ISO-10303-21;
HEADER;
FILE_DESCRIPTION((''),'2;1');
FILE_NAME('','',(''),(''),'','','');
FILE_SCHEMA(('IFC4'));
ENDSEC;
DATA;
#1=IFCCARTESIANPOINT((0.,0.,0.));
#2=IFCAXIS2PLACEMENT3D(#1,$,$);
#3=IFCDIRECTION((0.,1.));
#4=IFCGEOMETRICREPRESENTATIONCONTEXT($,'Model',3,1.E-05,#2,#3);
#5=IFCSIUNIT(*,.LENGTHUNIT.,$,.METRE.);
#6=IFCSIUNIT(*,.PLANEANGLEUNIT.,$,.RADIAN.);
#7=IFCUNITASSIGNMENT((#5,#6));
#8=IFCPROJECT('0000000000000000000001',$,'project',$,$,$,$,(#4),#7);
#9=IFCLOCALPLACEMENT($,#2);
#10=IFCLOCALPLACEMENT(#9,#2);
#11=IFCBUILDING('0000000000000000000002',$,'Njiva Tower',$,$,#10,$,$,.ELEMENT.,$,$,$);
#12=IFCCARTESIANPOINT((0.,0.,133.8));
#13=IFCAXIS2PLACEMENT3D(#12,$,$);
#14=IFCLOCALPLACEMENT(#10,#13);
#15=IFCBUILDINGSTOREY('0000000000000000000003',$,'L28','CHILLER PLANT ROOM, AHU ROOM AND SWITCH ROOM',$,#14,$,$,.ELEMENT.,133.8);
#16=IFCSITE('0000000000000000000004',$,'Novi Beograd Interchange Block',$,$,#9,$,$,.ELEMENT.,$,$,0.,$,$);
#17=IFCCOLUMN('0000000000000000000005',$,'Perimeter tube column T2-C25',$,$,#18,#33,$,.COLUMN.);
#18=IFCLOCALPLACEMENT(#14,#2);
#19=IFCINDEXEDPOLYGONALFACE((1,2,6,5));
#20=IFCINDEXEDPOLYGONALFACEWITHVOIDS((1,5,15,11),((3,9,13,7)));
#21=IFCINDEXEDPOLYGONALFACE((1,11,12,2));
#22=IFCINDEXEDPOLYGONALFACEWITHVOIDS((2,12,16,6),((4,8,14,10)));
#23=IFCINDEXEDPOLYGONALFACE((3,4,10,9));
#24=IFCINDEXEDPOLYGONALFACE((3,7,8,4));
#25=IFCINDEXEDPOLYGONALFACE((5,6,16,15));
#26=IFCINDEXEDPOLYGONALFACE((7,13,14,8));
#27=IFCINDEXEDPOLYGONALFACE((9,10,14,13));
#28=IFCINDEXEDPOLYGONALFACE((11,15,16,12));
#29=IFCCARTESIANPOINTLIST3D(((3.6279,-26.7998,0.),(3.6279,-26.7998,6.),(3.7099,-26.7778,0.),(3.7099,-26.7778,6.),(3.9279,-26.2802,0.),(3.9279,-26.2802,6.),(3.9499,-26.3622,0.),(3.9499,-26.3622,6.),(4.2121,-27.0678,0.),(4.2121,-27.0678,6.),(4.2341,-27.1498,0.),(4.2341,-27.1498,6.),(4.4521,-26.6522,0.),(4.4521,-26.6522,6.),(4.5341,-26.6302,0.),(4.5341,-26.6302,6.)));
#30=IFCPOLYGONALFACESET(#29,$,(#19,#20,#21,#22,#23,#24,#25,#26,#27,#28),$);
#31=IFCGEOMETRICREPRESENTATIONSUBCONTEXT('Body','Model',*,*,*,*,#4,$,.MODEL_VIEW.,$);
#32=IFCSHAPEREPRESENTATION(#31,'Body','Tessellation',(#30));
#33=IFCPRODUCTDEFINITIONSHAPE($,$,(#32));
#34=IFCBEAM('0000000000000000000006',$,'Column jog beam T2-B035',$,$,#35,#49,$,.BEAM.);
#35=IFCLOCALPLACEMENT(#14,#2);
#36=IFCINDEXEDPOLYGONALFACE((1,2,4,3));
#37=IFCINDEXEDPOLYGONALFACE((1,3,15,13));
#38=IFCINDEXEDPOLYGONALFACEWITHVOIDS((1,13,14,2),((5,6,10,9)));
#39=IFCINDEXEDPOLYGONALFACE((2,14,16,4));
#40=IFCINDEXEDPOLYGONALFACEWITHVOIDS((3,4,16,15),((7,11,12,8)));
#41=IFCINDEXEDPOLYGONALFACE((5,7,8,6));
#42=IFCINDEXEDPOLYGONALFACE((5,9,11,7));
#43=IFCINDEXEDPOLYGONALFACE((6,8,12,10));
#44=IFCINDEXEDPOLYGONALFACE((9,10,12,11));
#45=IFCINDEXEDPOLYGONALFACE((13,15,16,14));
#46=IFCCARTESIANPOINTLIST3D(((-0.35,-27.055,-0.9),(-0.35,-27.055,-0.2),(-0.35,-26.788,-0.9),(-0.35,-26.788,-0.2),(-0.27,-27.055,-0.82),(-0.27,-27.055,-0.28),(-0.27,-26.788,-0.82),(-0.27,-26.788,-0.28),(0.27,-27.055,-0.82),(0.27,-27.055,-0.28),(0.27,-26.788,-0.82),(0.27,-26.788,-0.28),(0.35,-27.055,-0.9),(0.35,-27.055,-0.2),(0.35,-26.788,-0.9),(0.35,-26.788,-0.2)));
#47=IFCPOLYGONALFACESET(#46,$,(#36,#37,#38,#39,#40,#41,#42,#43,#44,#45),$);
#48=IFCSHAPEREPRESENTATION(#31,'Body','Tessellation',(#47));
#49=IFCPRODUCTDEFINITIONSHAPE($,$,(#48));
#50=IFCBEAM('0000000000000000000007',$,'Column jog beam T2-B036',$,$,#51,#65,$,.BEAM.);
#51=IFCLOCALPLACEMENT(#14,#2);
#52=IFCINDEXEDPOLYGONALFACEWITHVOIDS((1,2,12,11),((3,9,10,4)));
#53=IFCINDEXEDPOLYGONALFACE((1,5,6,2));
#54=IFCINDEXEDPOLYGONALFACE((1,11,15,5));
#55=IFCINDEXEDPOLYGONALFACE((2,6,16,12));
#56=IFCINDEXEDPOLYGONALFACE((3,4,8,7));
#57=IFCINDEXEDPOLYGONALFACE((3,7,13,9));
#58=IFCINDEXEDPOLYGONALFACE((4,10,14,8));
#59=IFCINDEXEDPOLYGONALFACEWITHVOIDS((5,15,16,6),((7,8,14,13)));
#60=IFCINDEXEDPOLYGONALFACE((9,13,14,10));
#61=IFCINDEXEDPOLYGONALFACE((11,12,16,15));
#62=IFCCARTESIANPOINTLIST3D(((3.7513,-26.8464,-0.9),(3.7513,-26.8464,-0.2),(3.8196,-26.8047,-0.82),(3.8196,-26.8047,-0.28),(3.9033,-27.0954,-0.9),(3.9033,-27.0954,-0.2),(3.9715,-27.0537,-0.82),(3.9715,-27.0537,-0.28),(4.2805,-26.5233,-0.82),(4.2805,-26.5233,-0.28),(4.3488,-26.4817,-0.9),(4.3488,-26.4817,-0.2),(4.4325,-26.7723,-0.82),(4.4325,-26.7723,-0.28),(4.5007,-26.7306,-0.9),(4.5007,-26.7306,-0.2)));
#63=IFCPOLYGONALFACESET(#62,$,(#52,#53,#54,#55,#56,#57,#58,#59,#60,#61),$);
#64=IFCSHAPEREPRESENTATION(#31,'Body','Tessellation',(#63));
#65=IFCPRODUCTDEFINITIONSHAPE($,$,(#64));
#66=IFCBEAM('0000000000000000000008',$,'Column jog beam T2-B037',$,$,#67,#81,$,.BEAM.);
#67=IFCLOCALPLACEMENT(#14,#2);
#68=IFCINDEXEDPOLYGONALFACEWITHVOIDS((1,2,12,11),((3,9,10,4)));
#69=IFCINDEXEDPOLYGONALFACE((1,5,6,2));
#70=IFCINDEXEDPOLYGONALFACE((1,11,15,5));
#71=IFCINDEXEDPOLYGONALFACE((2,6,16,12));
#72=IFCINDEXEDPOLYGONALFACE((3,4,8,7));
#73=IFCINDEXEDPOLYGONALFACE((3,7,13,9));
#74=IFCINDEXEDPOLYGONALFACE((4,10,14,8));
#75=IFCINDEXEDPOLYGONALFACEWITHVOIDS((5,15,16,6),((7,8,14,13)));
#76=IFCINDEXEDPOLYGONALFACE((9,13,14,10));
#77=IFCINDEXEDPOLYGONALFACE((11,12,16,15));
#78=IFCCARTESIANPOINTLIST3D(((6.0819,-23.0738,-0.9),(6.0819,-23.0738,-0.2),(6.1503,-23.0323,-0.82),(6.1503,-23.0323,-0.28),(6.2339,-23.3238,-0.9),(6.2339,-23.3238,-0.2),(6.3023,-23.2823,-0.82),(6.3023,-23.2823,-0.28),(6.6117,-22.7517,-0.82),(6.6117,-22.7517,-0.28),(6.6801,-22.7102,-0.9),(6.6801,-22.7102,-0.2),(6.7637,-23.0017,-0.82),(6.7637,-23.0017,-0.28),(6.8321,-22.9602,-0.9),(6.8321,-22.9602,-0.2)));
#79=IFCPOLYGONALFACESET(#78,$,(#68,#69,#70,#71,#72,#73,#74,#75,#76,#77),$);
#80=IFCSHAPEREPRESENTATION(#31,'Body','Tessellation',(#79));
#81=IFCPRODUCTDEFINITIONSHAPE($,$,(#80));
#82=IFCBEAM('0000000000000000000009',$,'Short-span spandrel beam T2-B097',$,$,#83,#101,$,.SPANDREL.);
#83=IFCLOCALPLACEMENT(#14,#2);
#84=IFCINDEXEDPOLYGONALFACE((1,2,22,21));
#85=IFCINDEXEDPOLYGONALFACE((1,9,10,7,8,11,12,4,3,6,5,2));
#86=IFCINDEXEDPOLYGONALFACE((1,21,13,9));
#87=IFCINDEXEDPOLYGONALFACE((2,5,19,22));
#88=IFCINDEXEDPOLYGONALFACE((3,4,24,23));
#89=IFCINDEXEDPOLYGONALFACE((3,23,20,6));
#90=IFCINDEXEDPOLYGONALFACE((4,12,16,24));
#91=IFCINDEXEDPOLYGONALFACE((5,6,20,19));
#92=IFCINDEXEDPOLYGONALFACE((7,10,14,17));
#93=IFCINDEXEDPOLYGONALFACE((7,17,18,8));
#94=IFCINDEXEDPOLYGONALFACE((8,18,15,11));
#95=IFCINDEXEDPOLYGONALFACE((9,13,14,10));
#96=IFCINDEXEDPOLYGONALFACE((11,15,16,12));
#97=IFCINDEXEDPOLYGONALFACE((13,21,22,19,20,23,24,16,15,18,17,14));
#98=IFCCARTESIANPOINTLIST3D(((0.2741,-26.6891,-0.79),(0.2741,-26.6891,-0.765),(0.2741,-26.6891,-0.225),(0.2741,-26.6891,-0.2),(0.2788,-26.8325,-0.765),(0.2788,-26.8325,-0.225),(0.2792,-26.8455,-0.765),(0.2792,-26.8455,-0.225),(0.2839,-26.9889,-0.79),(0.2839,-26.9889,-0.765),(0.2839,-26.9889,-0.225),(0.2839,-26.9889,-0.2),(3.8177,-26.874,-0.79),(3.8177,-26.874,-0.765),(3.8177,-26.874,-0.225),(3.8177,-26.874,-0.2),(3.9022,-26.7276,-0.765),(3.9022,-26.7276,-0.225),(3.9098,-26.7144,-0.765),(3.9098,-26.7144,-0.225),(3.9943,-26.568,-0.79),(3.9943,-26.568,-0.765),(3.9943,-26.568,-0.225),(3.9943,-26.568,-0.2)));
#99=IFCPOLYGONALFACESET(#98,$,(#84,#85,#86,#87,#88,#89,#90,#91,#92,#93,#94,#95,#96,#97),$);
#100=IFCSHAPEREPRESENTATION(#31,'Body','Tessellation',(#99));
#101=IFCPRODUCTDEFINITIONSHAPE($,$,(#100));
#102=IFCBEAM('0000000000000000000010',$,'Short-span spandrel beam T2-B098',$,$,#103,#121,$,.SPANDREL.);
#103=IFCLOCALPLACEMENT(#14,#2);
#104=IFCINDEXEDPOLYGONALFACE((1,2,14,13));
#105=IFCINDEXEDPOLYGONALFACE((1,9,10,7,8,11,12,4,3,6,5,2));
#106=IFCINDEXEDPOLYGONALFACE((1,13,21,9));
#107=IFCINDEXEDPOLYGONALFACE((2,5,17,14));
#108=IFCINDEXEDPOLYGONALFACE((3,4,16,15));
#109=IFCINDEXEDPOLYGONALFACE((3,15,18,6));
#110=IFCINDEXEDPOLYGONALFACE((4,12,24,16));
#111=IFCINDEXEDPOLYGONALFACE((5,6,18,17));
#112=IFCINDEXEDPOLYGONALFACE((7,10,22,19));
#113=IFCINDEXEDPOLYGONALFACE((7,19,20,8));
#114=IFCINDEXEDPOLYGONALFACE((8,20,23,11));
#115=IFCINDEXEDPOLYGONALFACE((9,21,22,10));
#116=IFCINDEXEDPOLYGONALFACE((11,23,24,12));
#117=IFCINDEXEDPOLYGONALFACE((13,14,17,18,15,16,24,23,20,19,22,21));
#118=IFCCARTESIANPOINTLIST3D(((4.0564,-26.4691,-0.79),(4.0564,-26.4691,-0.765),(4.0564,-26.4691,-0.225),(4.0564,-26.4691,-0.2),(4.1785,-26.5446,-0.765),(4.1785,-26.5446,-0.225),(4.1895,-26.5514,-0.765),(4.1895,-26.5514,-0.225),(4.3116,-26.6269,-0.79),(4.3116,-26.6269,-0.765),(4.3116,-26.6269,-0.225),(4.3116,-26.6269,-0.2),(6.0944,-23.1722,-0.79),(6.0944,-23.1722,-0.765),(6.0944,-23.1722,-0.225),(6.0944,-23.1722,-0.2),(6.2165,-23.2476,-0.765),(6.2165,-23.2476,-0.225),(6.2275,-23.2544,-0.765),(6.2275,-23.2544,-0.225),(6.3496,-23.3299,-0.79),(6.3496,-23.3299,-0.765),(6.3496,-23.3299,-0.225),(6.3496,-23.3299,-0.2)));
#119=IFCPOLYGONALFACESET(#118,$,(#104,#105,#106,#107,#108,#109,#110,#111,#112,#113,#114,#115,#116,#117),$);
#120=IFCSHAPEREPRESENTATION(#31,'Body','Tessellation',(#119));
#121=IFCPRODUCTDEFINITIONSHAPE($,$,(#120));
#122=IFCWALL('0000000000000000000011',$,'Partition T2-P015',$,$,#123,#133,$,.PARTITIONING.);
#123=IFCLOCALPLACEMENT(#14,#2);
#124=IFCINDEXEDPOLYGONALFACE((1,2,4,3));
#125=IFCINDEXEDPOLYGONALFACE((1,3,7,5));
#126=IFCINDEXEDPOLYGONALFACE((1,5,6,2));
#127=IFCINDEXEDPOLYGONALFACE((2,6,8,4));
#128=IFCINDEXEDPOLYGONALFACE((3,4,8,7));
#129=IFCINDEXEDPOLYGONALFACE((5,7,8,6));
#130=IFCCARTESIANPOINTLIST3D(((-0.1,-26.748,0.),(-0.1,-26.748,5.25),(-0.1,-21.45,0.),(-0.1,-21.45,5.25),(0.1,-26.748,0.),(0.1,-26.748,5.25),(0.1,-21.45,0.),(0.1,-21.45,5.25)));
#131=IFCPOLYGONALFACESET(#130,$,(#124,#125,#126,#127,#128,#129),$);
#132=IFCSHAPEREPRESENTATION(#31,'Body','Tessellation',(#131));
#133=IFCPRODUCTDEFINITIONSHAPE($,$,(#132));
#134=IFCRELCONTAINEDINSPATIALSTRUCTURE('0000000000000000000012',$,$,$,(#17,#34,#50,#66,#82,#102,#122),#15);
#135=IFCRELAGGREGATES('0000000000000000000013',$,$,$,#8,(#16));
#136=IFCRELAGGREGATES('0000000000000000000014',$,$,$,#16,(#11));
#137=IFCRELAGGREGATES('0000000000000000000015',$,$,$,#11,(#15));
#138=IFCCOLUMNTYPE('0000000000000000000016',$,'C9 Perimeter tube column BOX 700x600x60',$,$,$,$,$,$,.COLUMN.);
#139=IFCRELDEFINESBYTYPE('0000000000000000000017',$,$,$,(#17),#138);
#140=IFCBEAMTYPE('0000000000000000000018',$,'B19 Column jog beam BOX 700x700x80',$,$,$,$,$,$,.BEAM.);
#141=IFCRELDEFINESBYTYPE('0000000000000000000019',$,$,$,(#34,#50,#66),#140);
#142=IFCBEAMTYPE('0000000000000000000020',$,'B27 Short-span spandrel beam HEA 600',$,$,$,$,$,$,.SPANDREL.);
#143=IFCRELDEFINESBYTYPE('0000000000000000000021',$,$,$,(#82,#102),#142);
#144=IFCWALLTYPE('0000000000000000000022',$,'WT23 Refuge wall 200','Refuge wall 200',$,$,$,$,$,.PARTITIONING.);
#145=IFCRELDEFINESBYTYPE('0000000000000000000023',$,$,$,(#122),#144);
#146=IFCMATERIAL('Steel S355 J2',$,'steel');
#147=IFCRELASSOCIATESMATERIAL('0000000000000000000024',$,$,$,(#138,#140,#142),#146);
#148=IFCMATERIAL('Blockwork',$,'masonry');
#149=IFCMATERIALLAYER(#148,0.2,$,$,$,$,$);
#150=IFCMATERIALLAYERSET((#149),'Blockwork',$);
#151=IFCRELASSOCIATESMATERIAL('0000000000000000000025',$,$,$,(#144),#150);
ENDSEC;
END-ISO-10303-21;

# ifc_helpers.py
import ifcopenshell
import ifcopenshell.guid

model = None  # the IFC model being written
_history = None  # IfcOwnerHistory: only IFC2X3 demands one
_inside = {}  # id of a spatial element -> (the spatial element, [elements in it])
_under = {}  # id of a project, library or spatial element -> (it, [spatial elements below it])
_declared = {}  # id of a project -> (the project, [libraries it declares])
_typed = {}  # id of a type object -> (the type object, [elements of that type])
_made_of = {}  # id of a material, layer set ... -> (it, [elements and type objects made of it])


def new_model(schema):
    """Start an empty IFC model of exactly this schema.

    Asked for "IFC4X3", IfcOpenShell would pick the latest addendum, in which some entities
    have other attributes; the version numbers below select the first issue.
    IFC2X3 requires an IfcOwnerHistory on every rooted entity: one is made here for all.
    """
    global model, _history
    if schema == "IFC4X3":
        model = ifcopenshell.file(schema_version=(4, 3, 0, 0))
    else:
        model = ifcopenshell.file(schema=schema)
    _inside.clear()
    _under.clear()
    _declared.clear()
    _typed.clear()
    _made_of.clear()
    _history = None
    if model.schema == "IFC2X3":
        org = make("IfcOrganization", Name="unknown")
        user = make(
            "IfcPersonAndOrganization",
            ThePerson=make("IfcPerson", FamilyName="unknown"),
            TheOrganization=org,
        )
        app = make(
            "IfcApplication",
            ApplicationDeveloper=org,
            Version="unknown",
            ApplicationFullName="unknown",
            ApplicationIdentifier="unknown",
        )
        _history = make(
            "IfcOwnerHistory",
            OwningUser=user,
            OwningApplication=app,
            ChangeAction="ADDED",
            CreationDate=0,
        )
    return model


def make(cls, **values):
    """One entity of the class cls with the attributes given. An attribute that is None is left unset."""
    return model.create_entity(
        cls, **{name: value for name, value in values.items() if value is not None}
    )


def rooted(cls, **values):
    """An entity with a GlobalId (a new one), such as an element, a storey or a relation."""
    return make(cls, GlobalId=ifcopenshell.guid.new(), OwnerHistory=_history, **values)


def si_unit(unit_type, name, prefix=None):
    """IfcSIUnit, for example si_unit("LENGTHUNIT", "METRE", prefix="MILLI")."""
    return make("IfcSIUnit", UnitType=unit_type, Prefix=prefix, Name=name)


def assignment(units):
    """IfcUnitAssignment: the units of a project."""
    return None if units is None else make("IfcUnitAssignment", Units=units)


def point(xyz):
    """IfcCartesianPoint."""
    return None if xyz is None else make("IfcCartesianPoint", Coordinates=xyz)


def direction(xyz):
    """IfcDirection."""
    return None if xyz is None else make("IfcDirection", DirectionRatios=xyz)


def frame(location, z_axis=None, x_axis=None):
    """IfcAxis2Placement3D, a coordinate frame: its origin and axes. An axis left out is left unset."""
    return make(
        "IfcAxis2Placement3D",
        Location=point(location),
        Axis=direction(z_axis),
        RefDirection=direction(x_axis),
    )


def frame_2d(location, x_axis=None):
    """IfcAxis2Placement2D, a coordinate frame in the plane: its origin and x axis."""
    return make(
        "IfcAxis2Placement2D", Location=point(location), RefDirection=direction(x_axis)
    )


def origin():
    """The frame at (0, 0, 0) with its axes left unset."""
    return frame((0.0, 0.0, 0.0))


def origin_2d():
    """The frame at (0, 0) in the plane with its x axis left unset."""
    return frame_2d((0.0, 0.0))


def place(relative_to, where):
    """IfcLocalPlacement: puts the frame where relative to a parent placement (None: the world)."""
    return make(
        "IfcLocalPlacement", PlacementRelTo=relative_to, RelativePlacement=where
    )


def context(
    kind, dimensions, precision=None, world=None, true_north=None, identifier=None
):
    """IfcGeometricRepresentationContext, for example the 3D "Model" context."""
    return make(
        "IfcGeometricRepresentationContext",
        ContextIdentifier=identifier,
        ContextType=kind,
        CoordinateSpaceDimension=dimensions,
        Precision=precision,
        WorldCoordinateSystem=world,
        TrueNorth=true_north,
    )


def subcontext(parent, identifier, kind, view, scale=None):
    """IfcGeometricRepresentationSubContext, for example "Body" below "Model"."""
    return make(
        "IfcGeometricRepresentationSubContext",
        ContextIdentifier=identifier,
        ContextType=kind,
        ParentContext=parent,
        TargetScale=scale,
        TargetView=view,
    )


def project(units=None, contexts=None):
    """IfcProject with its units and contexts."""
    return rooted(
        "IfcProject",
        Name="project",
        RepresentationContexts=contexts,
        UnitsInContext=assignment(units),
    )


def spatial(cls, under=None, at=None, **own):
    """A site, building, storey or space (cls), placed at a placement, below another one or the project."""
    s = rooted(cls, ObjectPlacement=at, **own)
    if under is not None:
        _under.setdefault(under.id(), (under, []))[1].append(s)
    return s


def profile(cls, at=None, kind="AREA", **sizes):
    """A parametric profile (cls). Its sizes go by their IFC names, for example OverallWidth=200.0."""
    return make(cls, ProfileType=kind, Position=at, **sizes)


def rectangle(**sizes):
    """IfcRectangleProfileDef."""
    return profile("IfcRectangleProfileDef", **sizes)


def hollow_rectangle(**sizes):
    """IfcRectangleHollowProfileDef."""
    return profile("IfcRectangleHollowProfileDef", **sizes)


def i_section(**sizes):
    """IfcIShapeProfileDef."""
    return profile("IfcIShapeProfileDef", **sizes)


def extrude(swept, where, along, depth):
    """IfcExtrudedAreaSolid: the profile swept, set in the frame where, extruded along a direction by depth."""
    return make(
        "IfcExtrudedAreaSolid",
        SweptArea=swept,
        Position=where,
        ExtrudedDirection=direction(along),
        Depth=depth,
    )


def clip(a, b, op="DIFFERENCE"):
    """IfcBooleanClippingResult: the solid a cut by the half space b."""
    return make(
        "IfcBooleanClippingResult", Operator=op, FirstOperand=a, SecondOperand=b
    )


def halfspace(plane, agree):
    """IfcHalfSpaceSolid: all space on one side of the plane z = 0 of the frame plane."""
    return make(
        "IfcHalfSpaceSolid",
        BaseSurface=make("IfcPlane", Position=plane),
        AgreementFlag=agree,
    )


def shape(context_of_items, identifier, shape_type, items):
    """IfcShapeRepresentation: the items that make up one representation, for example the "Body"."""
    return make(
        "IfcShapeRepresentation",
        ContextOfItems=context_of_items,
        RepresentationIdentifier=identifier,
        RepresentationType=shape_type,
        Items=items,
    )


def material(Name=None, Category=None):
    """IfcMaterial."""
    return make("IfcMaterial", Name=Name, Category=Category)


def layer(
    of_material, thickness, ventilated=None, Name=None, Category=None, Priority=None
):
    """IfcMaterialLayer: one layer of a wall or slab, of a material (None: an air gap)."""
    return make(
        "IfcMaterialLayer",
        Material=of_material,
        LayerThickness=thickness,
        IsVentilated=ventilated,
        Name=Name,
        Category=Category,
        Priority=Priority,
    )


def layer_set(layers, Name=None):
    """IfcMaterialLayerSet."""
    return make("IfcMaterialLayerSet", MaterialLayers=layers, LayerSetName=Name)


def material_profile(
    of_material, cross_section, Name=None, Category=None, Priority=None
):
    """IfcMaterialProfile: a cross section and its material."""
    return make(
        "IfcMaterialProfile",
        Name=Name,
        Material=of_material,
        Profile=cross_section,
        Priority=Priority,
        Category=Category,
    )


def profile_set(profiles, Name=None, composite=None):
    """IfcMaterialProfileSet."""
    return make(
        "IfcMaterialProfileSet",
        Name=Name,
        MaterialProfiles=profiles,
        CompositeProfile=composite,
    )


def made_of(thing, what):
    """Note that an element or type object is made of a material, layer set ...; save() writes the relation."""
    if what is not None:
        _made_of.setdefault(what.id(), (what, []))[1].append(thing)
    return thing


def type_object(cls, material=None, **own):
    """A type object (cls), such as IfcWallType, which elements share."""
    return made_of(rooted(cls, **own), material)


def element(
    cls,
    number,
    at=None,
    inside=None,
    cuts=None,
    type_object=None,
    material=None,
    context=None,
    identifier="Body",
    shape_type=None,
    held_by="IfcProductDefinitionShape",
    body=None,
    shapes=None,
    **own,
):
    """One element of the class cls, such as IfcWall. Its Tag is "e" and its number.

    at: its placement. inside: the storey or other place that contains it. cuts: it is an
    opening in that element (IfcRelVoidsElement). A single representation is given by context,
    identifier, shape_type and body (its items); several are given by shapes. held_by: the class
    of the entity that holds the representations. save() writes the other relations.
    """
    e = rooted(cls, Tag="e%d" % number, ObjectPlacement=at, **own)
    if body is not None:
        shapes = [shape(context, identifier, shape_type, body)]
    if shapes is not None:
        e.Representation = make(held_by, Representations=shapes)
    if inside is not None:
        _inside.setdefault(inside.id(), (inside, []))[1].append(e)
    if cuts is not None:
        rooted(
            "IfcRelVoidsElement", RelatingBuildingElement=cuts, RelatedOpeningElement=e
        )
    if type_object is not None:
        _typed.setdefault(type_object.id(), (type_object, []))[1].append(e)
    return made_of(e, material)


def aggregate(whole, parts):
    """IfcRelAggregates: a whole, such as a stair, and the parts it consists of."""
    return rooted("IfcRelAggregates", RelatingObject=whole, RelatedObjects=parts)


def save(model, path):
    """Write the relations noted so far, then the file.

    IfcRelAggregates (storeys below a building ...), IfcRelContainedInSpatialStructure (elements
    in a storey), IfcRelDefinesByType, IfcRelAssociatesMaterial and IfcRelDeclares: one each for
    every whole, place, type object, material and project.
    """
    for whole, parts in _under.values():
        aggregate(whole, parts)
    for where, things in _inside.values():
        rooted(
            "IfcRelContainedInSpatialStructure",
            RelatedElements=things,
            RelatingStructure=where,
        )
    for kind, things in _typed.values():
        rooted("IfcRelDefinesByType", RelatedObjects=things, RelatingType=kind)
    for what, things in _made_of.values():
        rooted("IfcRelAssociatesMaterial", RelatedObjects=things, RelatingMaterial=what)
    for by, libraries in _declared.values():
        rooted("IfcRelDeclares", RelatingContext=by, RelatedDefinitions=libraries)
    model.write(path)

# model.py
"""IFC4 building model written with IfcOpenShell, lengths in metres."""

from ifc_helpers import new_model, si_unit, direction, frame, frame_2d, origin, origin_2d, place, context, subcontext, project, spatial, rectangle, hollow_rectangle, i_section, extrude, clip, halfspace, material, layer, layer_set, material_profile, profile_set, type_object, element, save


model = new_model("IFC4")

# Units and contexts
model_context = context("Model", 3, precision=1e-05, world=origin(), true_north=direction((0.0, 1.0)))
body_context = subcontext(model_context, "Body", "Model", "MODEL_VIEW")
ifc_project = project(units=[si_unit("LENGTHUNIT", "METRE"), si_unit("PLANEANGLEUNIT", "RADIAN")], contexts=[model_context])

# Site, building, storey
site_placement = place(None, origin())
site = spatial("IfcSite", under=ifc_project, at=site_placement, Name="Novi Beograd Interchange Block", CompositionType="ELEMENT", RefElevation=0.0)
building_placement = place(site_placement, origin())
building = spatial("IfcBuilding", under=site, at=building_placement, Name="Njiva Tower", CompositionType="ELEMENT")
storey_placement = place(building_placement, frame((0.0, 0.0, 133.8)))
storey = spatial("IfcBuildingStorey", under=building, at=storey_placement, Name="L28", Description="CHILLER PLANT ROOM, AHU ROOM AND SWITCH ROOM", CompositionType="ELEMENT", Elevation=133.8)

# Column
ifc_material_1 = material(Name="Steel S355 J2", Category="steel")
ifc_material_profile_1 = material_profile(ifc_material_1, hollow_rectangle(XDim=0.6, YDim=0.7, WallThickness=0.06, at=origin_2d()), Name="BOX 700x600x60")
ifc_profile_set_1 = profile_set([ifc_material_profile_1], Name="Steel S355 J2")
column_type = type_object("IfcColumnType", Name="C9 Perimeter tube column BOX 700x600x60", PredefinedType="COLUMN", material=ifc_profile_set_1)
column_placement = place(storey_placement, frame((4.081, -26.715, 0.0), z_axis=(0.0, 0.0, 1.0), x_axis=(0.5, 0.866025, 0.0)))
element("IfcColumn", 1, at=column_placement, inside=storey, type_object=column_type, Name="Perimeter tube column T2-C25", PredefinedType="COLUMN", context=body_context, shape_type="SweptSolid", body=[
    extrude(hollow_rectangle(XDim=0.6, YDim=0.7, WallThickness=0.06, at=origin_2d()), origin(), (0.0, 0.0, 1.0), 6.0),
])

# Beams
ifc_material_profile_2 = material_profile(ifc_material_1, hollow_rectangle(XDim=0.7, YDim=0.7, WallThickness=0.08, at=origin_2d()), Name="BOX 700x700x80")
ifc_profile_set_2 = profile_set([ifc_material_profile_2], Name="Steel S355 J2")
beam_type_1 = type_object("IfcBeamType", Name="B19 Column jog beam BOX 700x700x80", PredefinedType="BEAM", material=ifc_profile_set_2)
beam_1_placement = place(storey_placement, frame((0.0, -27.055, -0.55), z_axis=(0.0, 1.0, 0.0), x_axis=(-1.0, 0.0, 0.0)))
element("IfcBeam", 2, at=beam_1_placement, inside=storey, type_object=beam_type_1, Name="Column jog beam T2-B035", PredefinedType="BEAM", context=body_context, shape_type="SweptSolid", body=[
    extrude(hollow_rectangle(XDim=0.7, YDim=0.7, WallThickness=0.08, at=origin_2d()), origin(), (0.0, 0.0, 1.0), 0.267),
])
beam_2_placement = place(storey_placement, frame((4.202, -26.913, -0.55), z_axis=(-0.521034, 0.853536, 0.0), x_axis=(-0.853536, -0.521034, 0.0)))
element("IfcBeam", 3, at=beam_2_placement, inside=storey, type_object=beam_type_1, Name="Column jog beam T2-B036", PredefinedType="BEAM", context=body_context, shape_type="SweptSolid", body=[
    extrude(hollow_rectangle(XDim=0.7, YDim=0.7, WallThickness=0.08, at=origin_2d()), origin(), (0.0, 0.0, 1.0), 0.2917),
])
beam_3_placement = place(storey_placement, frame((6.533, -23.142, -0.55), z_axis=(-0.519513, 0.854462, 0.0), x_axis=(-0.854462, -0.519513, 0.0)))
element("IfcBeam", 4, at=beam_3_placement, inside=storey, type_object=beam_type_1, Name="Column jog beam T2-B037", PredefinedType="BEAM", context=body_context, shape_type="SweptSolid", body=[
    extrude(hollow_rectangle(XDim=0.7, YDim=0.7, WallThickness=0.08, at=origin_2d()), origin(), (0.0, 0.0, 1.0), 0.2926),
])
ifc_material_profile_3 = material_profile(ifc_material_1, i_section(OverallWidth=0.3, OverallDepth=0.59, WebThickness=0.013, FlangeThickness=0.025, at=origin_2d()), Name="HEA 600")
ifc_profile_set_3 = profile_set([ifc_material_profile_3], Name="Steel S355 J2")
beam_type_2 = type_object("IfcBeamType", Name="B27 Short-span spandrel beam HEA 600", PredefinedType="SPANDREL", material=ifc_profile_set_3)
beam_4_placement = place(storey_placement, frame((0.279, -26.839, -0.495), z_axis=(0.999471, 0.032517, 0.0), x_axis=(-0.032517, 0.999471, 0.0)))
element("IfcBeam", 5, at=beam_4_placement, inside=storey, type_object=beam_type_2, Name="Short-span spandrel beam T2-B097", PredefinedType="SPANDREL", context=body_context, shape_type="Clipping", body=[
    clip(extrude(i_section(OverallWidth=0.3, OverallDepth=0.59, WebThickness=0.013, FlangeThickness=0.025, at=origin_2d()), origin(), (0.0, 0.0, 1.0), 3.7419), halfspace(frame((-0.0259, 0.0, 3.6128), z_axis=(-0.527894, 0.0, 0.84931), x_axis=(0.0, 1.0, 0.0)), False)),
])
beam_5_placement = place(storey_placement, frame((4.184, -26.548, -0.495), z_axis=(0.525795, 0.850611, 0.0), x_axis=(-0.850611, 0.525795, 0.0)))
element("IfcBeam", 6, at=beam_5_placement, inside=storey, type_object=beam_type_2, Name="Short-span spandrel beam T2-B098", PredefinedType="SPANDREL", context=body_context, shape_type="SweptSolid", body=[
    extrude(i_section(OverallWidth=0.3, OverallDepth=0.59, WebThickness=0.013, FlangeThickness=0.025, at=origin_2d()), origin(), (0.0, 0.0, 1.0), 3.876),
])

# Wall
ifc_material_2 = material(Name="Blockwork", Category="masonry")
ifc_layer_1 = layer(ifc_material_2, 0.2)
ifc_layer_set_1 = layer_set([ifc_layer_1], Name="Blockwork")
wall_type_1 = type_object("IfcWallType", Name="WT23 Refuge wall 200", Description="Refuge wall 200", PredefinedType="PARTITIONING", material=ifc_layer_set_1)
wall_1_placement = place(storey_placement, frame((0.0, -26.748, 0.0), z_axis=(0.0, 0.0, 1.0), x_axis=(0.0, 1.0, 0.0)))
element("IfcWall", 7, at=wall_1_placement, inside=storey, type_object=wall_type_1, Name="Partition T2-P015", PredefinedType="PARTITIONING", context=body_context, shape_type="SweptSolid", body=[
    extrude(rectangle(XDim=5.298, YDim=0.2, at=frame_2d((2.649, 0.0))), origin(), (0.0, 0.0, 1.0), 5.25),
])

save(model, "model.ifc")
